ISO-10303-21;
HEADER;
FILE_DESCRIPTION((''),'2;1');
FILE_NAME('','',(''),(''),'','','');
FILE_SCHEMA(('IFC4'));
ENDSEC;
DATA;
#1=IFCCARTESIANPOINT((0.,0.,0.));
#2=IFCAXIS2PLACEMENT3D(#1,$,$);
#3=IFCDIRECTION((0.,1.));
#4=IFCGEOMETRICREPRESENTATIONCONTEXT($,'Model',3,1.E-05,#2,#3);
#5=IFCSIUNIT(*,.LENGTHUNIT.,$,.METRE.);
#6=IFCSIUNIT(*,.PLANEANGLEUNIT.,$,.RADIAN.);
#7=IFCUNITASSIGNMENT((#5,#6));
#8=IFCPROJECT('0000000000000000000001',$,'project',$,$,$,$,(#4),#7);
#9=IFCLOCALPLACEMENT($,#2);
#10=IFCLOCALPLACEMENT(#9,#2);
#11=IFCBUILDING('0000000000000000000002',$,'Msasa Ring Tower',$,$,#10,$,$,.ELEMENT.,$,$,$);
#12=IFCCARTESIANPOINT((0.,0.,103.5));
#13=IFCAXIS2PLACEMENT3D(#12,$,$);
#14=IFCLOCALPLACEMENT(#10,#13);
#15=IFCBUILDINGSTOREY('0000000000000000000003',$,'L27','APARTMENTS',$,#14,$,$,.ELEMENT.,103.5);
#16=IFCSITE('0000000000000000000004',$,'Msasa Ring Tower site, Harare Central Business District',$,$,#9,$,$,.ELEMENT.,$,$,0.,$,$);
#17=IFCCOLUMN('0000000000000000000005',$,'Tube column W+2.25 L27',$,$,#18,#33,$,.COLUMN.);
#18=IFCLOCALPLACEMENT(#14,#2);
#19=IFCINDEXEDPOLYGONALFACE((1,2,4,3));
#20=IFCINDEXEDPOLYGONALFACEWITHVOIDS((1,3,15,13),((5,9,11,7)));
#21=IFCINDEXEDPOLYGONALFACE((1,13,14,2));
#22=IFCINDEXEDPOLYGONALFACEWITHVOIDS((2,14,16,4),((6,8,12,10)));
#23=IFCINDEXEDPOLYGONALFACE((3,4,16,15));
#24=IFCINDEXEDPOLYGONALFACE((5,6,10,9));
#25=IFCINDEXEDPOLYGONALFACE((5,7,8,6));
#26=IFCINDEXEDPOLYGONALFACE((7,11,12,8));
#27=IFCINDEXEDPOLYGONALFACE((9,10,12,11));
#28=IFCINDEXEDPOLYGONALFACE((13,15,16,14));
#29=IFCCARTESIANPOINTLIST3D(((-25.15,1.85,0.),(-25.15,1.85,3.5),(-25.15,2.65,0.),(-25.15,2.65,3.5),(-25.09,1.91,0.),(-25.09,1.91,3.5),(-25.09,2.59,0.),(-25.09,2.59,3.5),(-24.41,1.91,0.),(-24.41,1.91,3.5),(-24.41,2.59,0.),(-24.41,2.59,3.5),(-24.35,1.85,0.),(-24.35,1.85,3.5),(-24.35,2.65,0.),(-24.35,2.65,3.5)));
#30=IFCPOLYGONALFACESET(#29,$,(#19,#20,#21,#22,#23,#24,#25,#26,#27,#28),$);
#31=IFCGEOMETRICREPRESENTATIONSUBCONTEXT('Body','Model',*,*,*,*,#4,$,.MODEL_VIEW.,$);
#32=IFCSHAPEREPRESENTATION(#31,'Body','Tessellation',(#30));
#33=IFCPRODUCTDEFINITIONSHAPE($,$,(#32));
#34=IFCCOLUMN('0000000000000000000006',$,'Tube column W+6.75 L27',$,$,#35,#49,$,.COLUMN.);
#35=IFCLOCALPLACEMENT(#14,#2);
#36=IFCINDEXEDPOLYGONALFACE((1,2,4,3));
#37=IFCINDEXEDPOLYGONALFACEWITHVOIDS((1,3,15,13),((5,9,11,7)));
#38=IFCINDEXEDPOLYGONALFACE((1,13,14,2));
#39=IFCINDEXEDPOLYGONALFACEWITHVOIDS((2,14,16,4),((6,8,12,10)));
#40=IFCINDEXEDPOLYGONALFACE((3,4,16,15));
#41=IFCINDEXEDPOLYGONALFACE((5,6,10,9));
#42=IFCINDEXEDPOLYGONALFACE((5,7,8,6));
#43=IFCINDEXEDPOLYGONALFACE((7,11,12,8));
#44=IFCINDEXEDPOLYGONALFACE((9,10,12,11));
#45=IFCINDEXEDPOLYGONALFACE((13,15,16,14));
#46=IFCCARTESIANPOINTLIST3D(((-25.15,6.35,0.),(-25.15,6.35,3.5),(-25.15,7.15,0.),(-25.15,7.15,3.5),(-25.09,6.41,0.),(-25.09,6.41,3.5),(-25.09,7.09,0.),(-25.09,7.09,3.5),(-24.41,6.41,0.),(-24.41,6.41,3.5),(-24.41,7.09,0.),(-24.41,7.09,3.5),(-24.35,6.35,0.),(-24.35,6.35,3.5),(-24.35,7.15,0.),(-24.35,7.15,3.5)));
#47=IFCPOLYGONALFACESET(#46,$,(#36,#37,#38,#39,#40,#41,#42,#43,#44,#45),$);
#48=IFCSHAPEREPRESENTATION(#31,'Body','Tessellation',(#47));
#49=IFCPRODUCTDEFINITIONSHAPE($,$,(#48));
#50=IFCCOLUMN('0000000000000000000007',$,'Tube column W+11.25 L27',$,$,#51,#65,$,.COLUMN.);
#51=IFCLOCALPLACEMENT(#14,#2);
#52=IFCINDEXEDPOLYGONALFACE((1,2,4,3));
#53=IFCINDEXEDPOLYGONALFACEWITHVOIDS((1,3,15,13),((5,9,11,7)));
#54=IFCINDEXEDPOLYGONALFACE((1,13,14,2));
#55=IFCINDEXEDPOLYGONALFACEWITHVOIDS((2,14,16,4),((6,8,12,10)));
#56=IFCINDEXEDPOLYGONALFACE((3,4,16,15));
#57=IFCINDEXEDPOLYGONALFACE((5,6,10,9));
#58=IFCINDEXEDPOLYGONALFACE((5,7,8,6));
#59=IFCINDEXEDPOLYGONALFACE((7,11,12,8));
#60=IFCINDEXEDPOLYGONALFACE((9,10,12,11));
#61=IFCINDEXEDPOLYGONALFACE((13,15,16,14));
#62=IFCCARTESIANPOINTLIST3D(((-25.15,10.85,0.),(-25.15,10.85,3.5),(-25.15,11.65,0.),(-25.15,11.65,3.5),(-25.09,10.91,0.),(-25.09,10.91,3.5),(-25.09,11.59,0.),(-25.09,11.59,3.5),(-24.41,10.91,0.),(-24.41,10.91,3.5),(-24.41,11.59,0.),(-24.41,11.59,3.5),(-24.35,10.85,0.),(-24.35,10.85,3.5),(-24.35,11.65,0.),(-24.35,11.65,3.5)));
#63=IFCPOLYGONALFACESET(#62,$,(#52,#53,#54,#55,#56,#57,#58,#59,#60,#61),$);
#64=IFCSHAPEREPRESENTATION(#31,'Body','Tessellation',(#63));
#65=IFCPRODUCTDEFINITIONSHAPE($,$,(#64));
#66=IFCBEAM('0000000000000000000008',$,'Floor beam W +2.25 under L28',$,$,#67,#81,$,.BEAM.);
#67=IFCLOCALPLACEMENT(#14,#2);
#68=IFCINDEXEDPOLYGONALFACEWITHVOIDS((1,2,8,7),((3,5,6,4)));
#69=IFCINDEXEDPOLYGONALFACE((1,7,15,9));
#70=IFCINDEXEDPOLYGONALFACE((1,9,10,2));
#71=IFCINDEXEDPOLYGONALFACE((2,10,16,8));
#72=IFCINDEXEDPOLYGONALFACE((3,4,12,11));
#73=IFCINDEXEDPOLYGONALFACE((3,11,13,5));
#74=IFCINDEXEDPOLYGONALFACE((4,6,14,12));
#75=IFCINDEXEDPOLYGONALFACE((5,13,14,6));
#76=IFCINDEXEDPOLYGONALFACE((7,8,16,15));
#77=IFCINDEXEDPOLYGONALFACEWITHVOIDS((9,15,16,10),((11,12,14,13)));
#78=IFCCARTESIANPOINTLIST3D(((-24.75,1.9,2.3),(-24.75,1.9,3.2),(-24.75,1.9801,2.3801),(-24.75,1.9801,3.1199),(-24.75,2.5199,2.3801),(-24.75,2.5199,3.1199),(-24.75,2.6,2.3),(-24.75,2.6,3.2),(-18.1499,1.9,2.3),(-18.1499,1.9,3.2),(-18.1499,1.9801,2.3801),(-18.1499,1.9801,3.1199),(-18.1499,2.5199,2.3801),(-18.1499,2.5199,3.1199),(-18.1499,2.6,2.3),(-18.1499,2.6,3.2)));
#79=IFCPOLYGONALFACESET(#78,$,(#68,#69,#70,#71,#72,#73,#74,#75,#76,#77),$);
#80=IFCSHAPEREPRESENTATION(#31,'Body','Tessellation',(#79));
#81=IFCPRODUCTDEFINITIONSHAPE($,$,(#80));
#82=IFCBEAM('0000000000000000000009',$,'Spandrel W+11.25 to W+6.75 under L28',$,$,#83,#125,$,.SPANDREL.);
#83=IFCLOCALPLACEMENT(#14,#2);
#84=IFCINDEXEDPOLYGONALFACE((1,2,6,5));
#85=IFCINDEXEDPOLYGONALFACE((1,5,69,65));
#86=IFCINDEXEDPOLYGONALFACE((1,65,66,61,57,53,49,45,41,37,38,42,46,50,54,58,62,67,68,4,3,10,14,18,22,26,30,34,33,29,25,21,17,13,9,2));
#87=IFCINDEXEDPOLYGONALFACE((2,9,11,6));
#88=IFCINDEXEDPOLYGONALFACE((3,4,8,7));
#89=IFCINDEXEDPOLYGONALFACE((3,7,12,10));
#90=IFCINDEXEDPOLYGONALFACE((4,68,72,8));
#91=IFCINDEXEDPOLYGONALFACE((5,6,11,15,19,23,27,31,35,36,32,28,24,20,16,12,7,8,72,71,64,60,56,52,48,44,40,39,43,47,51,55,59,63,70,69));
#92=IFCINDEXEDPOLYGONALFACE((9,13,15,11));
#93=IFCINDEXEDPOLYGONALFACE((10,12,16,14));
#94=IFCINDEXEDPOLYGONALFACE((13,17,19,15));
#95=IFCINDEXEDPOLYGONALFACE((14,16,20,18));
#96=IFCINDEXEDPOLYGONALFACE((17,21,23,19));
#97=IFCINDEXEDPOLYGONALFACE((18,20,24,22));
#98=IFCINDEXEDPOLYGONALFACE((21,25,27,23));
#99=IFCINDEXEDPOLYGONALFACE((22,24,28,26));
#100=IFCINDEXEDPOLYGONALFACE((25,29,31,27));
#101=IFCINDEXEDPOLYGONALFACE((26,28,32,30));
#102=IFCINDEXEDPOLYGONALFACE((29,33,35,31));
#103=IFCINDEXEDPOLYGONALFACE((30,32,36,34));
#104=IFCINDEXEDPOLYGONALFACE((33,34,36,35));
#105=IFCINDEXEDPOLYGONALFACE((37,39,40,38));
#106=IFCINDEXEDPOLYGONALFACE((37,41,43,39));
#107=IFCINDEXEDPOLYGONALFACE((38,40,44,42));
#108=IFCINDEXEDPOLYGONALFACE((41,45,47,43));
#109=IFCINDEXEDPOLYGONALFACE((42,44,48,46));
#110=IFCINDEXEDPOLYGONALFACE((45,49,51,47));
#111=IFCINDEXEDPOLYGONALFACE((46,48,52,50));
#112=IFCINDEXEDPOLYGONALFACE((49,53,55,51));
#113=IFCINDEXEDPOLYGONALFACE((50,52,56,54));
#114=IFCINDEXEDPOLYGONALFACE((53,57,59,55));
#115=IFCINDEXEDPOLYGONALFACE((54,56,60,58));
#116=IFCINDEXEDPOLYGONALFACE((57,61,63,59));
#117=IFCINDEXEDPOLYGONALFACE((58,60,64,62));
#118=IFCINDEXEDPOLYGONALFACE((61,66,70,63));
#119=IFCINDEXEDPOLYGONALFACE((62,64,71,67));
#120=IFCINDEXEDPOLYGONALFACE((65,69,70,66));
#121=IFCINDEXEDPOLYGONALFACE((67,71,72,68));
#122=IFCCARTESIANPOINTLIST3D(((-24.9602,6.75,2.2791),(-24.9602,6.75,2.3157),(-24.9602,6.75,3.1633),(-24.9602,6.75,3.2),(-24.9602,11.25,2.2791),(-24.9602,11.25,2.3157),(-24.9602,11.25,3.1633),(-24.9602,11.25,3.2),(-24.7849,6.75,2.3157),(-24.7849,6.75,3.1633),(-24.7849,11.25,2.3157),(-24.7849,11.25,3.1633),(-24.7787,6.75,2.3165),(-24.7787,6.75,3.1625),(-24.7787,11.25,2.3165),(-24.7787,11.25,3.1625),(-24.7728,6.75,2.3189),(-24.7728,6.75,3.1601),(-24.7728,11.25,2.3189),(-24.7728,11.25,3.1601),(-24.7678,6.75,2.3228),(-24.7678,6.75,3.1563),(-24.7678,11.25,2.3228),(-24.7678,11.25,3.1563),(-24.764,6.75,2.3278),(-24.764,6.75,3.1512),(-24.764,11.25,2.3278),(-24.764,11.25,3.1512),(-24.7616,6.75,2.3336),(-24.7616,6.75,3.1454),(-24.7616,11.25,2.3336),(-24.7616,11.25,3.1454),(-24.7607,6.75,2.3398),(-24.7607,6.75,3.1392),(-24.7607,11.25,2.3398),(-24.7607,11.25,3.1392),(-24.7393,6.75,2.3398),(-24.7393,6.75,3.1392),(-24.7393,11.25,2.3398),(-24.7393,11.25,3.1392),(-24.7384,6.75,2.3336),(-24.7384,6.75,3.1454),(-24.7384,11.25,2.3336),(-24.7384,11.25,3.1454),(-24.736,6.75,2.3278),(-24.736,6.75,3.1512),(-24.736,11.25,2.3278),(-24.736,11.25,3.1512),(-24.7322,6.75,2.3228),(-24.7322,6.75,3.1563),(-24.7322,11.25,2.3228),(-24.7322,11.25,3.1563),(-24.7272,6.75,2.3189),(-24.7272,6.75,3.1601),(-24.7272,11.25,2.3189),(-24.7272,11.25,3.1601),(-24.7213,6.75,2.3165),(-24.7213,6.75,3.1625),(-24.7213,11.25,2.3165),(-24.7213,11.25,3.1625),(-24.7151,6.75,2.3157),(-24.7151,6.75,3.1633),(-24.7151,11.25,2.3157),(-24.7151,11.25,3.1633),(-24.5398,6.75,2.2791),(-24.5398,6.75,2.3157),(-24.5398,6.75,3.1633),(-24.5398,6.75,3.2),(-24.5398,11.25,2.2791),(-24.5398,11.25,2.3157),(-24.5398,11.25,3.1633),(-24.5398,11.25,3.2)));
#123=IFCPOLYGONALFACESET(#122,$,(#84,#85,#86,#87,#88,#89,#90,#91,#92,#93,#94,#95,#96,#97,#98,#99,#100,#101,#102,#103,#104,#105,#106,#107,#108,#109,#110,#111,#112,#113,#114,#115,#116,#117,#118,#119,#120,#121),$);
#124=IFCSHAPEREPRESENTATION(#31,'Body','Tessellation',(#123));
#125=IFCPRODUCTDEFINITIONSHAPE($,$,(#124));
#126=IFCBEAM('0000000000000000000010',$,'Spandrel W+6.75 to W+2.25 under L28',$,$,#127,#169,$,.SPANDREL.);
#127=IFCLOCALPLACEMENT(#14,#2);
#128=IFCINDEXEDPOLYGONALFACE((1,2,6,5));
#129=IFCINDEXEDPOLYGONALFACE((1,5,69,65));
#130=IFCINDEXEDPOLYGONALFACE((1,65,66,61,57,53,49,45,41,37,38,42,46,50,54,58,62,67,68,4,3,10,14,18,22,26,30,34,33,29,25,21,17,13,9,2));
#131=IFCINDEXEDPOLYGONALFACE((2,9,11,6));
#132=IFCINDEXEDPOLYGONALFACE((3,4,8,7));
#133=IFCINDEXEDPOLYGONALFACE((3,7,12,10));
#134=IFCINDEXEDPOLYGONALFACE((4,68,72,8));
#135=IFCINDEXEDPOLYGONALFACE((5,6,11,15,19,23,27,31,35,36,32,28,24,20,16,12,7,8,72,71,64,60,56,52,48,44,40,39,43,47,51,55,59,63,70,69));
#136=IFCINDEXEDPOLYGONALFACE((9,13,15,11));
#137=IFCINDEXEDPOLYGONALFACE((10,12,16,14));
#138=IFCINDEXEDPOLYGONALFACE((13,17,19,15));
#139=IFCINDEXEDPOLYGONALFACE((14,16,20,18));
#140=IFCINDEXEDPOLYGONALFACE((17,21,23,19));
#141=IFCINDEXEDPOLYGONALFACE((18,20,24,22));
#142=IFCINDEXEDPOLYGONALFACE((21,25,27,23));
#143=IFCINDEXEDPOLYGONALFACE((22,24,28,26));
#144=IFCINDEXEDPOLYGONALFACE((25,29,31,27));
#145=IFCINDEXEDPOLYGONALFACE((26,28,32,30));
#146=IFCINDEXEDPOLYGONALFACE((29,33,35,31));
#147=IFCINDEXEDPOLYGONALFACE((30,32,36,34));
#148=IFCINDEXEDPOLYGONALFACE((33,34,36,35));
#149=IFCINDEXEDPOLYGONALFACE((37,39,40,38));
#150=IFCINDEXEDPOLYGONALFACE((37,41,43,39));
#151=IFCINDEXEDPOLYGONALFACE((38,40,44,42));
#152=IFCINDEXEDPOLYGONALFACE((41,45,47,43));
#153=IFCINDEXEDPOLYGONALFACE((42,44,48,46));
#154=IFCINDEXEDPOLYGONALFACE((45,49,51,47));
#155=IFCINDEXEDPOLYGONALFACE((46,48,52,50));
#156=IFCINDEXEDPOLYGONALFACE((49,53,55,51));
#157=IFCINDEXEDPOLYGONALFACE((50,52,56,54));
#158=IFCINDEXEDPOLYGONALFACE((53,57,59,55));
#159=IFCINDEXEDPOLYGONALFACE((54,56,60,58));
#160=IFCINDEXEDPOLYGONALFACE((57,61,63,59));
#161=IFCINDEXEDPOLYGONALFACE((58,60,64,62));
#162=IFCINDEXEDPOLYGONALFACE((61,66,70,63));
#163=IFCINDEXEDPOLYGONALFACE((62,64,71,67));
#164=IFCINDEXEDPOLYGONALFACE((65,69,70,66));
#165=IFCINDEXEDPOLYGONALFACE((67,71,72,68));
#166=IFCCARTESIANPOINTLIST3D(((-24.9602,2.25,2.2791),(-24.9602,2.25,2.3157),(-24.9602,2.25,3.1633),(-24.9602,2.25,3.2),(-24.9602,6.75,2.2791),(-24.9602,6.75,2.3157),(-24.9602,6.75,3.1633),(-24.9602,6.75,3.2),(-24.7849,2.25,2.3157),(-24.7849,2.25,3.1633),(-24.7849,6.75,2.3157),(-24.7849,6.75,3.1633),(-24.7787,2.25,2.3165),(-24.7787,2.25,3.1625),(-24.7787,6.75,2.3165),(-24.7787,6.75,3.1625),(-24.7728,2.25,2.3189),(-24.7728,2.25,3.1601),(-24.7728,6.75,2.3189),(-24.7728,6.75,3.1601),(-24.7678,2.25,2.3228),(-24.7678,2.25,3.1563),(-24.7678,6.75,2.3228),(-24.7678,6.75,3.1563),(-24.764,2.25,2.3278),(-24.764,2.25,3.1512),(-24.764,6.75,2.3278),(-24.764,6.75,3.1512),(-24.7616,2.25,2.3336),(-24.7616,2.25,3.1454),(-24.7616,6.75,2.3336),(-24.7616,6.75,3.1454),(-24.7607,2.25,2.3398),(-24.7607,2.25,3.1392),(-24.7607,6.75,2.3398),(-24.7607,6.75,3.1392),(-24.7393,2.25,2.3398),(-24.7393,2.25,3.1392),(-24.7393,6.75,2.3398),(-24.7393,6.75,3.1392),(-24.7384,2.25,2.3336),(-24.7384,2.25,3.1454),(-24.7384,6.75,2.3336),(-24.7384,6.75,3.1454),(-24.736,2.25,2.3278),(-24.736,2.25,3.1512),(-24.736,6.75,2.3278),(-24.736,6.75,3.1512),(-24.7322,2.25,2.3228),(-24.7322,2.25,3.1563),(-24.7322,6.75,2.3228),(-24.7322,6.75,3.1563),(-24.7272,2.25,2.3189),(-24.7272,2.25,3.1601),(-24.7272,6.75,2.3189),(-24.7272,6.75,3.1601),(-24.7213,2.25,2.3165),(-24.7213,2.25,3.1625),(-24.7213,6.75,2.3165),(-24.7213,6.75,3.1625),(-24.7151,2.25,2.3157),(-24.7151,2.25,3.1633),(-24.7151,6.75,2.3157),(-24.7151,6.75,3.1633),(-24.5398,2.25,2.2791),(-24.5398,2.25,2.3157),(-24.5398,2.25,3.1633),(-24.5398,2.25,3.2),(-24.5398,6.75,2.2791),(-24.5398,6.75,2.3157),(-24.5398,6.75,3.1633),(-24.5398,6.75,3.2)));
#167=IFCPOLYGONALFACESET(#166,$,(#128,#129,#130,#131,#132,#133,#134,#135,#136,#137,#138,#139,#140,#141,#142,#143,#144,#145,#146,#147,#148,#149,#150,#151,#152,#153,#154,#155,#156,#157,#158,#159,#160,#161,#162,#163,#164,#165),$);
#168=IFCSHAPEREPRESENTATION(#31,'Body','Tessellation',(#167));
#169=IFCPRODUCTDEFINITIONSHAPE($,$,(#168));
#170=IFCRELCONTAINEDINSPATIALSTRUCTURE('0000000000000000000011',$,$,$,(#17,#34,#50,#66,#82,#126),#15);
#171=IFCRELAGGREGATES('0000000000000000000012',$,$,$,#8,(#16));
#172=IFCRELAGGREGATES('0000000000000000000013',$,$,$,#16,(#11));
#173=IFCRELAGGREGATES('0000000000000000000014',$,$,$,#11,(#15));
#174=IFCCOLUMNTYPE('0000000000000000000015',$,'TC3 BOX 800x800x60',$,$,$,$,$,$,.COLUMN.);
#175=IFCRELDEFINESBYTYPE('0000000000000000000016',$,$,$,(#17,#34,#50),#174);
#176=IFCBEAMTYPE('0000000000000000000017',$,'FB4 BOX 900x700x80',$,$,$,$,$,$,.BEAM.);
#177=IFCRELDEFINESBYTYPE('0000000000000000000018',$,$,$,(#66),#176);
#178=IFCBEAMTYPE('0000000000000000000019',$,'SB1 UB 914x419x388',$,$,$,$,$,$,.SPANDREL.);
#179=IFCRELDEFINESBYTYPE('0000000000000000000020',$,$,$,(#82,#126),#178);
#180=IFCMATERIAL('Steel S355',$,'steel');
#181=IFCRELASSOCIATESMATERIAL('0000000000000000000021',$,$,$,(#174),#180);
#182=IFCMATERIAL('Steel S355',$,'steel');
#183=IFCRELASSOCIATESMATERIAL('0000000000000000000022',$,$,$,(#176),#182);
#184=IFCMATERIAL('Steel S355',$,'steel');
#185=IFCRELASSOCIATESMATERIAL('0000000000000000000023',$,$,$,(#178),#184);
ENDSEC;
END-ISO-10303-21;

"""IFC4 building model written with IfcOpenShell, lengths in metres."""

from ifc_helpers import new_model, si_unit, direction, frame, origin, origin_2d, place, context, subcontext, project, spatial, hollow_rectangle, i_section, extrude, material, material_profile, profile_set, type_object, element, save


model = new_model("IFC4")

# Units and contexts
model_context = context("Model", 3, precision=1e-05, world=origin(), true_north=direction((0.0, 1.0)))
body_context = subcontext(model_context, "Body", "Model", "MODEL_VIEW")
ifc_project = project(units=[si_unit("LENGTHUNIT", "METRE"), si_unit("PLANEANGLEUNIT", "RADIAN")], contexts=[model_context])

# Site, building, storey
site_placement = place(None, origin())
site = spatial("IfcSite", under=ifc_project, at=site_placement, Name="Msasa Ring Tower site, Harare Central Business District", CompositionType="ELEMENT", RefElevation=0.0)
building_placement = place(site_placement, origin())
building = spatial("IfcBuilding", under=site, at=building_placement, Name="Msasa Ring Tower", CompositionType="ELEMENT")
storey_placement = place(building_placement, frame((0.0, 0.0, 103.5)))
storey = spatial("IfcBuildingStorey", under=building, at=storey_placement, Name="L27", Description="APARTMENTS", CompositionType="ELEMENT", Elevation=103.5)

# Columns
ifc_material_1 = material(Name="Steel S355", Category="steel")
ifc_material_profile_1 = material_profile(ifc_material_1, hollow_rectangle(XDim=0.8, YDim=0.8, WallThickness=0.0601, at=origin_2d()), Name="BOX 800x800x60")
ifc_profile_set_1 = profile_set([ifc_material_profile_1], Name="Steel S355")
column_type = type_object("IfcColumnType", Name="TC3 BOX 800x800x60", PredefinedType="COLUMN", material=ifc_profile_set_1)
for number, where, z_axis, x_axis, name in (
    (1, (-24.75, 2.25, 0.0), (0.0, 0.0, 1.0), (1.0, 0.0, 0.0), "Tube column W+2.25 L27"),
    (2, (-24.75, 6.75, 0.0), (0.0, 0.0, 1.0), (1.0, 0.0, 0.0), "Tube column W+6.75 L27"),
    (3, (-24.75, 11.25, 0.0), (0.0, 0.0, 1.0), (1.0, 0.0, 0.0), "Tube column W+11.25 L27"),
):
    element("IfcColumn", number, at=place(storey_placement, frame(where, z_axis=z_axis, x_axis=x_axis)), inside=storey, type_object=column_type, Name=name, PredefinedType="COLUMN", context=body_context, shape_type="SweptSolid", body=[
        extrude(hollow_rectangle(XDim=0.8, YDim=0.8, WallThickness=0.0601, at=origin_2d()), origin(), (0.0, 0.0, 1.0), 3.5),
    ])

# Beams
ifc_material_2 = material(Name="Steel S355", Category="steel")
ifc_material_profile_2 = material_profile(ifc_material_2, hollow_rectangle(XDim=0.7, YDim=0.8999, WallThickness=0.0801, at=origin_2d()), Name="BOX 900x700x80")
ifc_profile_set_2 = profile_set([ifc_material_profile_2], Name="Steel S355")
beam_type_1 = type_object("IfcBeamType", Name="FB4 BOX 900x700x80", PredefinedType="BEAM", material=ifc_profile_set_2)
beam_placement = place(storey_placement, frame((-24.75, 2.25, 2.75), z_axis=(1.0, 0.0, 0.0), x_axis=(0.0, 1.0, 0.0)))
element("IfcBeam", 4, at=beam_placement, inside=storey, type_object=beam_type_1, Name="Floor beam W +2.25 under L28", PredefinedType="BEAM", context=body_context, shape_type="SweptSolid", body=[
    extrude(hollow_rectangle(XDim=0.7, YDim=0.8999, WallThickness=0.0801, at=origin_2d()), origin(), (0.0, 0.0, 1.0), 6.6001),
])
ifc_material_3 = material(Name="Steel S355", Category="steel")
ifc_material_profile_3 = material_profile(ifc_material_3, i_section(OverallWidth=0.4204, OverallDepth=0.9209, WebThickness=0.0215, FlangeThickness=0.0366, FilletRadius=0.0242, at=origin_2d()), Name="UB 914x419x388")
ifc_profile_set_3 = profile_set([ifc_material_profile_3], Name="Steel S355")
beam_type_2 = type_object("IfcBeamType", Name="SB1 UB 914x419x388", PredefinedType="SPANDREL", material=ifc_profile_set_3)
for number, where, z_axis, x_axis, name in (
    (5, (-24.75, 11.25, 2.7395), (0.0, -1.0, 0.0), (1.0, 0.0, 0.0), "Spandrel W+11.25 to W+6.75 under L28"),
    (6, (-24.75, 6.75, 2.7395), (0.0, -1.0, 0.0), (1.0, 0.0, 0.0), "Spandrel W+6.75 to W+2.25 under L28"),
):
    element("IfcBeam", number, at=place(storey_placement, frame(where, z_axis=z_axis, x_axis=x_axis)), inside=storey, type_object=beam_type_2, Name=name, PredefinedType="SPANDREL", context=body_context, shape_type="SweptSolid", body=[
        extrude(i_section(OverallWidth=0.4204, OverallDepth=0.9209, WebThickness=0.0215, FlangeThickness=0.0366, FilletRadius=0.0242, at=origin_2d()), origin(), (0.0, 0.0, 1.0), 4.5),
    ])

save(model, "model.ifc")
